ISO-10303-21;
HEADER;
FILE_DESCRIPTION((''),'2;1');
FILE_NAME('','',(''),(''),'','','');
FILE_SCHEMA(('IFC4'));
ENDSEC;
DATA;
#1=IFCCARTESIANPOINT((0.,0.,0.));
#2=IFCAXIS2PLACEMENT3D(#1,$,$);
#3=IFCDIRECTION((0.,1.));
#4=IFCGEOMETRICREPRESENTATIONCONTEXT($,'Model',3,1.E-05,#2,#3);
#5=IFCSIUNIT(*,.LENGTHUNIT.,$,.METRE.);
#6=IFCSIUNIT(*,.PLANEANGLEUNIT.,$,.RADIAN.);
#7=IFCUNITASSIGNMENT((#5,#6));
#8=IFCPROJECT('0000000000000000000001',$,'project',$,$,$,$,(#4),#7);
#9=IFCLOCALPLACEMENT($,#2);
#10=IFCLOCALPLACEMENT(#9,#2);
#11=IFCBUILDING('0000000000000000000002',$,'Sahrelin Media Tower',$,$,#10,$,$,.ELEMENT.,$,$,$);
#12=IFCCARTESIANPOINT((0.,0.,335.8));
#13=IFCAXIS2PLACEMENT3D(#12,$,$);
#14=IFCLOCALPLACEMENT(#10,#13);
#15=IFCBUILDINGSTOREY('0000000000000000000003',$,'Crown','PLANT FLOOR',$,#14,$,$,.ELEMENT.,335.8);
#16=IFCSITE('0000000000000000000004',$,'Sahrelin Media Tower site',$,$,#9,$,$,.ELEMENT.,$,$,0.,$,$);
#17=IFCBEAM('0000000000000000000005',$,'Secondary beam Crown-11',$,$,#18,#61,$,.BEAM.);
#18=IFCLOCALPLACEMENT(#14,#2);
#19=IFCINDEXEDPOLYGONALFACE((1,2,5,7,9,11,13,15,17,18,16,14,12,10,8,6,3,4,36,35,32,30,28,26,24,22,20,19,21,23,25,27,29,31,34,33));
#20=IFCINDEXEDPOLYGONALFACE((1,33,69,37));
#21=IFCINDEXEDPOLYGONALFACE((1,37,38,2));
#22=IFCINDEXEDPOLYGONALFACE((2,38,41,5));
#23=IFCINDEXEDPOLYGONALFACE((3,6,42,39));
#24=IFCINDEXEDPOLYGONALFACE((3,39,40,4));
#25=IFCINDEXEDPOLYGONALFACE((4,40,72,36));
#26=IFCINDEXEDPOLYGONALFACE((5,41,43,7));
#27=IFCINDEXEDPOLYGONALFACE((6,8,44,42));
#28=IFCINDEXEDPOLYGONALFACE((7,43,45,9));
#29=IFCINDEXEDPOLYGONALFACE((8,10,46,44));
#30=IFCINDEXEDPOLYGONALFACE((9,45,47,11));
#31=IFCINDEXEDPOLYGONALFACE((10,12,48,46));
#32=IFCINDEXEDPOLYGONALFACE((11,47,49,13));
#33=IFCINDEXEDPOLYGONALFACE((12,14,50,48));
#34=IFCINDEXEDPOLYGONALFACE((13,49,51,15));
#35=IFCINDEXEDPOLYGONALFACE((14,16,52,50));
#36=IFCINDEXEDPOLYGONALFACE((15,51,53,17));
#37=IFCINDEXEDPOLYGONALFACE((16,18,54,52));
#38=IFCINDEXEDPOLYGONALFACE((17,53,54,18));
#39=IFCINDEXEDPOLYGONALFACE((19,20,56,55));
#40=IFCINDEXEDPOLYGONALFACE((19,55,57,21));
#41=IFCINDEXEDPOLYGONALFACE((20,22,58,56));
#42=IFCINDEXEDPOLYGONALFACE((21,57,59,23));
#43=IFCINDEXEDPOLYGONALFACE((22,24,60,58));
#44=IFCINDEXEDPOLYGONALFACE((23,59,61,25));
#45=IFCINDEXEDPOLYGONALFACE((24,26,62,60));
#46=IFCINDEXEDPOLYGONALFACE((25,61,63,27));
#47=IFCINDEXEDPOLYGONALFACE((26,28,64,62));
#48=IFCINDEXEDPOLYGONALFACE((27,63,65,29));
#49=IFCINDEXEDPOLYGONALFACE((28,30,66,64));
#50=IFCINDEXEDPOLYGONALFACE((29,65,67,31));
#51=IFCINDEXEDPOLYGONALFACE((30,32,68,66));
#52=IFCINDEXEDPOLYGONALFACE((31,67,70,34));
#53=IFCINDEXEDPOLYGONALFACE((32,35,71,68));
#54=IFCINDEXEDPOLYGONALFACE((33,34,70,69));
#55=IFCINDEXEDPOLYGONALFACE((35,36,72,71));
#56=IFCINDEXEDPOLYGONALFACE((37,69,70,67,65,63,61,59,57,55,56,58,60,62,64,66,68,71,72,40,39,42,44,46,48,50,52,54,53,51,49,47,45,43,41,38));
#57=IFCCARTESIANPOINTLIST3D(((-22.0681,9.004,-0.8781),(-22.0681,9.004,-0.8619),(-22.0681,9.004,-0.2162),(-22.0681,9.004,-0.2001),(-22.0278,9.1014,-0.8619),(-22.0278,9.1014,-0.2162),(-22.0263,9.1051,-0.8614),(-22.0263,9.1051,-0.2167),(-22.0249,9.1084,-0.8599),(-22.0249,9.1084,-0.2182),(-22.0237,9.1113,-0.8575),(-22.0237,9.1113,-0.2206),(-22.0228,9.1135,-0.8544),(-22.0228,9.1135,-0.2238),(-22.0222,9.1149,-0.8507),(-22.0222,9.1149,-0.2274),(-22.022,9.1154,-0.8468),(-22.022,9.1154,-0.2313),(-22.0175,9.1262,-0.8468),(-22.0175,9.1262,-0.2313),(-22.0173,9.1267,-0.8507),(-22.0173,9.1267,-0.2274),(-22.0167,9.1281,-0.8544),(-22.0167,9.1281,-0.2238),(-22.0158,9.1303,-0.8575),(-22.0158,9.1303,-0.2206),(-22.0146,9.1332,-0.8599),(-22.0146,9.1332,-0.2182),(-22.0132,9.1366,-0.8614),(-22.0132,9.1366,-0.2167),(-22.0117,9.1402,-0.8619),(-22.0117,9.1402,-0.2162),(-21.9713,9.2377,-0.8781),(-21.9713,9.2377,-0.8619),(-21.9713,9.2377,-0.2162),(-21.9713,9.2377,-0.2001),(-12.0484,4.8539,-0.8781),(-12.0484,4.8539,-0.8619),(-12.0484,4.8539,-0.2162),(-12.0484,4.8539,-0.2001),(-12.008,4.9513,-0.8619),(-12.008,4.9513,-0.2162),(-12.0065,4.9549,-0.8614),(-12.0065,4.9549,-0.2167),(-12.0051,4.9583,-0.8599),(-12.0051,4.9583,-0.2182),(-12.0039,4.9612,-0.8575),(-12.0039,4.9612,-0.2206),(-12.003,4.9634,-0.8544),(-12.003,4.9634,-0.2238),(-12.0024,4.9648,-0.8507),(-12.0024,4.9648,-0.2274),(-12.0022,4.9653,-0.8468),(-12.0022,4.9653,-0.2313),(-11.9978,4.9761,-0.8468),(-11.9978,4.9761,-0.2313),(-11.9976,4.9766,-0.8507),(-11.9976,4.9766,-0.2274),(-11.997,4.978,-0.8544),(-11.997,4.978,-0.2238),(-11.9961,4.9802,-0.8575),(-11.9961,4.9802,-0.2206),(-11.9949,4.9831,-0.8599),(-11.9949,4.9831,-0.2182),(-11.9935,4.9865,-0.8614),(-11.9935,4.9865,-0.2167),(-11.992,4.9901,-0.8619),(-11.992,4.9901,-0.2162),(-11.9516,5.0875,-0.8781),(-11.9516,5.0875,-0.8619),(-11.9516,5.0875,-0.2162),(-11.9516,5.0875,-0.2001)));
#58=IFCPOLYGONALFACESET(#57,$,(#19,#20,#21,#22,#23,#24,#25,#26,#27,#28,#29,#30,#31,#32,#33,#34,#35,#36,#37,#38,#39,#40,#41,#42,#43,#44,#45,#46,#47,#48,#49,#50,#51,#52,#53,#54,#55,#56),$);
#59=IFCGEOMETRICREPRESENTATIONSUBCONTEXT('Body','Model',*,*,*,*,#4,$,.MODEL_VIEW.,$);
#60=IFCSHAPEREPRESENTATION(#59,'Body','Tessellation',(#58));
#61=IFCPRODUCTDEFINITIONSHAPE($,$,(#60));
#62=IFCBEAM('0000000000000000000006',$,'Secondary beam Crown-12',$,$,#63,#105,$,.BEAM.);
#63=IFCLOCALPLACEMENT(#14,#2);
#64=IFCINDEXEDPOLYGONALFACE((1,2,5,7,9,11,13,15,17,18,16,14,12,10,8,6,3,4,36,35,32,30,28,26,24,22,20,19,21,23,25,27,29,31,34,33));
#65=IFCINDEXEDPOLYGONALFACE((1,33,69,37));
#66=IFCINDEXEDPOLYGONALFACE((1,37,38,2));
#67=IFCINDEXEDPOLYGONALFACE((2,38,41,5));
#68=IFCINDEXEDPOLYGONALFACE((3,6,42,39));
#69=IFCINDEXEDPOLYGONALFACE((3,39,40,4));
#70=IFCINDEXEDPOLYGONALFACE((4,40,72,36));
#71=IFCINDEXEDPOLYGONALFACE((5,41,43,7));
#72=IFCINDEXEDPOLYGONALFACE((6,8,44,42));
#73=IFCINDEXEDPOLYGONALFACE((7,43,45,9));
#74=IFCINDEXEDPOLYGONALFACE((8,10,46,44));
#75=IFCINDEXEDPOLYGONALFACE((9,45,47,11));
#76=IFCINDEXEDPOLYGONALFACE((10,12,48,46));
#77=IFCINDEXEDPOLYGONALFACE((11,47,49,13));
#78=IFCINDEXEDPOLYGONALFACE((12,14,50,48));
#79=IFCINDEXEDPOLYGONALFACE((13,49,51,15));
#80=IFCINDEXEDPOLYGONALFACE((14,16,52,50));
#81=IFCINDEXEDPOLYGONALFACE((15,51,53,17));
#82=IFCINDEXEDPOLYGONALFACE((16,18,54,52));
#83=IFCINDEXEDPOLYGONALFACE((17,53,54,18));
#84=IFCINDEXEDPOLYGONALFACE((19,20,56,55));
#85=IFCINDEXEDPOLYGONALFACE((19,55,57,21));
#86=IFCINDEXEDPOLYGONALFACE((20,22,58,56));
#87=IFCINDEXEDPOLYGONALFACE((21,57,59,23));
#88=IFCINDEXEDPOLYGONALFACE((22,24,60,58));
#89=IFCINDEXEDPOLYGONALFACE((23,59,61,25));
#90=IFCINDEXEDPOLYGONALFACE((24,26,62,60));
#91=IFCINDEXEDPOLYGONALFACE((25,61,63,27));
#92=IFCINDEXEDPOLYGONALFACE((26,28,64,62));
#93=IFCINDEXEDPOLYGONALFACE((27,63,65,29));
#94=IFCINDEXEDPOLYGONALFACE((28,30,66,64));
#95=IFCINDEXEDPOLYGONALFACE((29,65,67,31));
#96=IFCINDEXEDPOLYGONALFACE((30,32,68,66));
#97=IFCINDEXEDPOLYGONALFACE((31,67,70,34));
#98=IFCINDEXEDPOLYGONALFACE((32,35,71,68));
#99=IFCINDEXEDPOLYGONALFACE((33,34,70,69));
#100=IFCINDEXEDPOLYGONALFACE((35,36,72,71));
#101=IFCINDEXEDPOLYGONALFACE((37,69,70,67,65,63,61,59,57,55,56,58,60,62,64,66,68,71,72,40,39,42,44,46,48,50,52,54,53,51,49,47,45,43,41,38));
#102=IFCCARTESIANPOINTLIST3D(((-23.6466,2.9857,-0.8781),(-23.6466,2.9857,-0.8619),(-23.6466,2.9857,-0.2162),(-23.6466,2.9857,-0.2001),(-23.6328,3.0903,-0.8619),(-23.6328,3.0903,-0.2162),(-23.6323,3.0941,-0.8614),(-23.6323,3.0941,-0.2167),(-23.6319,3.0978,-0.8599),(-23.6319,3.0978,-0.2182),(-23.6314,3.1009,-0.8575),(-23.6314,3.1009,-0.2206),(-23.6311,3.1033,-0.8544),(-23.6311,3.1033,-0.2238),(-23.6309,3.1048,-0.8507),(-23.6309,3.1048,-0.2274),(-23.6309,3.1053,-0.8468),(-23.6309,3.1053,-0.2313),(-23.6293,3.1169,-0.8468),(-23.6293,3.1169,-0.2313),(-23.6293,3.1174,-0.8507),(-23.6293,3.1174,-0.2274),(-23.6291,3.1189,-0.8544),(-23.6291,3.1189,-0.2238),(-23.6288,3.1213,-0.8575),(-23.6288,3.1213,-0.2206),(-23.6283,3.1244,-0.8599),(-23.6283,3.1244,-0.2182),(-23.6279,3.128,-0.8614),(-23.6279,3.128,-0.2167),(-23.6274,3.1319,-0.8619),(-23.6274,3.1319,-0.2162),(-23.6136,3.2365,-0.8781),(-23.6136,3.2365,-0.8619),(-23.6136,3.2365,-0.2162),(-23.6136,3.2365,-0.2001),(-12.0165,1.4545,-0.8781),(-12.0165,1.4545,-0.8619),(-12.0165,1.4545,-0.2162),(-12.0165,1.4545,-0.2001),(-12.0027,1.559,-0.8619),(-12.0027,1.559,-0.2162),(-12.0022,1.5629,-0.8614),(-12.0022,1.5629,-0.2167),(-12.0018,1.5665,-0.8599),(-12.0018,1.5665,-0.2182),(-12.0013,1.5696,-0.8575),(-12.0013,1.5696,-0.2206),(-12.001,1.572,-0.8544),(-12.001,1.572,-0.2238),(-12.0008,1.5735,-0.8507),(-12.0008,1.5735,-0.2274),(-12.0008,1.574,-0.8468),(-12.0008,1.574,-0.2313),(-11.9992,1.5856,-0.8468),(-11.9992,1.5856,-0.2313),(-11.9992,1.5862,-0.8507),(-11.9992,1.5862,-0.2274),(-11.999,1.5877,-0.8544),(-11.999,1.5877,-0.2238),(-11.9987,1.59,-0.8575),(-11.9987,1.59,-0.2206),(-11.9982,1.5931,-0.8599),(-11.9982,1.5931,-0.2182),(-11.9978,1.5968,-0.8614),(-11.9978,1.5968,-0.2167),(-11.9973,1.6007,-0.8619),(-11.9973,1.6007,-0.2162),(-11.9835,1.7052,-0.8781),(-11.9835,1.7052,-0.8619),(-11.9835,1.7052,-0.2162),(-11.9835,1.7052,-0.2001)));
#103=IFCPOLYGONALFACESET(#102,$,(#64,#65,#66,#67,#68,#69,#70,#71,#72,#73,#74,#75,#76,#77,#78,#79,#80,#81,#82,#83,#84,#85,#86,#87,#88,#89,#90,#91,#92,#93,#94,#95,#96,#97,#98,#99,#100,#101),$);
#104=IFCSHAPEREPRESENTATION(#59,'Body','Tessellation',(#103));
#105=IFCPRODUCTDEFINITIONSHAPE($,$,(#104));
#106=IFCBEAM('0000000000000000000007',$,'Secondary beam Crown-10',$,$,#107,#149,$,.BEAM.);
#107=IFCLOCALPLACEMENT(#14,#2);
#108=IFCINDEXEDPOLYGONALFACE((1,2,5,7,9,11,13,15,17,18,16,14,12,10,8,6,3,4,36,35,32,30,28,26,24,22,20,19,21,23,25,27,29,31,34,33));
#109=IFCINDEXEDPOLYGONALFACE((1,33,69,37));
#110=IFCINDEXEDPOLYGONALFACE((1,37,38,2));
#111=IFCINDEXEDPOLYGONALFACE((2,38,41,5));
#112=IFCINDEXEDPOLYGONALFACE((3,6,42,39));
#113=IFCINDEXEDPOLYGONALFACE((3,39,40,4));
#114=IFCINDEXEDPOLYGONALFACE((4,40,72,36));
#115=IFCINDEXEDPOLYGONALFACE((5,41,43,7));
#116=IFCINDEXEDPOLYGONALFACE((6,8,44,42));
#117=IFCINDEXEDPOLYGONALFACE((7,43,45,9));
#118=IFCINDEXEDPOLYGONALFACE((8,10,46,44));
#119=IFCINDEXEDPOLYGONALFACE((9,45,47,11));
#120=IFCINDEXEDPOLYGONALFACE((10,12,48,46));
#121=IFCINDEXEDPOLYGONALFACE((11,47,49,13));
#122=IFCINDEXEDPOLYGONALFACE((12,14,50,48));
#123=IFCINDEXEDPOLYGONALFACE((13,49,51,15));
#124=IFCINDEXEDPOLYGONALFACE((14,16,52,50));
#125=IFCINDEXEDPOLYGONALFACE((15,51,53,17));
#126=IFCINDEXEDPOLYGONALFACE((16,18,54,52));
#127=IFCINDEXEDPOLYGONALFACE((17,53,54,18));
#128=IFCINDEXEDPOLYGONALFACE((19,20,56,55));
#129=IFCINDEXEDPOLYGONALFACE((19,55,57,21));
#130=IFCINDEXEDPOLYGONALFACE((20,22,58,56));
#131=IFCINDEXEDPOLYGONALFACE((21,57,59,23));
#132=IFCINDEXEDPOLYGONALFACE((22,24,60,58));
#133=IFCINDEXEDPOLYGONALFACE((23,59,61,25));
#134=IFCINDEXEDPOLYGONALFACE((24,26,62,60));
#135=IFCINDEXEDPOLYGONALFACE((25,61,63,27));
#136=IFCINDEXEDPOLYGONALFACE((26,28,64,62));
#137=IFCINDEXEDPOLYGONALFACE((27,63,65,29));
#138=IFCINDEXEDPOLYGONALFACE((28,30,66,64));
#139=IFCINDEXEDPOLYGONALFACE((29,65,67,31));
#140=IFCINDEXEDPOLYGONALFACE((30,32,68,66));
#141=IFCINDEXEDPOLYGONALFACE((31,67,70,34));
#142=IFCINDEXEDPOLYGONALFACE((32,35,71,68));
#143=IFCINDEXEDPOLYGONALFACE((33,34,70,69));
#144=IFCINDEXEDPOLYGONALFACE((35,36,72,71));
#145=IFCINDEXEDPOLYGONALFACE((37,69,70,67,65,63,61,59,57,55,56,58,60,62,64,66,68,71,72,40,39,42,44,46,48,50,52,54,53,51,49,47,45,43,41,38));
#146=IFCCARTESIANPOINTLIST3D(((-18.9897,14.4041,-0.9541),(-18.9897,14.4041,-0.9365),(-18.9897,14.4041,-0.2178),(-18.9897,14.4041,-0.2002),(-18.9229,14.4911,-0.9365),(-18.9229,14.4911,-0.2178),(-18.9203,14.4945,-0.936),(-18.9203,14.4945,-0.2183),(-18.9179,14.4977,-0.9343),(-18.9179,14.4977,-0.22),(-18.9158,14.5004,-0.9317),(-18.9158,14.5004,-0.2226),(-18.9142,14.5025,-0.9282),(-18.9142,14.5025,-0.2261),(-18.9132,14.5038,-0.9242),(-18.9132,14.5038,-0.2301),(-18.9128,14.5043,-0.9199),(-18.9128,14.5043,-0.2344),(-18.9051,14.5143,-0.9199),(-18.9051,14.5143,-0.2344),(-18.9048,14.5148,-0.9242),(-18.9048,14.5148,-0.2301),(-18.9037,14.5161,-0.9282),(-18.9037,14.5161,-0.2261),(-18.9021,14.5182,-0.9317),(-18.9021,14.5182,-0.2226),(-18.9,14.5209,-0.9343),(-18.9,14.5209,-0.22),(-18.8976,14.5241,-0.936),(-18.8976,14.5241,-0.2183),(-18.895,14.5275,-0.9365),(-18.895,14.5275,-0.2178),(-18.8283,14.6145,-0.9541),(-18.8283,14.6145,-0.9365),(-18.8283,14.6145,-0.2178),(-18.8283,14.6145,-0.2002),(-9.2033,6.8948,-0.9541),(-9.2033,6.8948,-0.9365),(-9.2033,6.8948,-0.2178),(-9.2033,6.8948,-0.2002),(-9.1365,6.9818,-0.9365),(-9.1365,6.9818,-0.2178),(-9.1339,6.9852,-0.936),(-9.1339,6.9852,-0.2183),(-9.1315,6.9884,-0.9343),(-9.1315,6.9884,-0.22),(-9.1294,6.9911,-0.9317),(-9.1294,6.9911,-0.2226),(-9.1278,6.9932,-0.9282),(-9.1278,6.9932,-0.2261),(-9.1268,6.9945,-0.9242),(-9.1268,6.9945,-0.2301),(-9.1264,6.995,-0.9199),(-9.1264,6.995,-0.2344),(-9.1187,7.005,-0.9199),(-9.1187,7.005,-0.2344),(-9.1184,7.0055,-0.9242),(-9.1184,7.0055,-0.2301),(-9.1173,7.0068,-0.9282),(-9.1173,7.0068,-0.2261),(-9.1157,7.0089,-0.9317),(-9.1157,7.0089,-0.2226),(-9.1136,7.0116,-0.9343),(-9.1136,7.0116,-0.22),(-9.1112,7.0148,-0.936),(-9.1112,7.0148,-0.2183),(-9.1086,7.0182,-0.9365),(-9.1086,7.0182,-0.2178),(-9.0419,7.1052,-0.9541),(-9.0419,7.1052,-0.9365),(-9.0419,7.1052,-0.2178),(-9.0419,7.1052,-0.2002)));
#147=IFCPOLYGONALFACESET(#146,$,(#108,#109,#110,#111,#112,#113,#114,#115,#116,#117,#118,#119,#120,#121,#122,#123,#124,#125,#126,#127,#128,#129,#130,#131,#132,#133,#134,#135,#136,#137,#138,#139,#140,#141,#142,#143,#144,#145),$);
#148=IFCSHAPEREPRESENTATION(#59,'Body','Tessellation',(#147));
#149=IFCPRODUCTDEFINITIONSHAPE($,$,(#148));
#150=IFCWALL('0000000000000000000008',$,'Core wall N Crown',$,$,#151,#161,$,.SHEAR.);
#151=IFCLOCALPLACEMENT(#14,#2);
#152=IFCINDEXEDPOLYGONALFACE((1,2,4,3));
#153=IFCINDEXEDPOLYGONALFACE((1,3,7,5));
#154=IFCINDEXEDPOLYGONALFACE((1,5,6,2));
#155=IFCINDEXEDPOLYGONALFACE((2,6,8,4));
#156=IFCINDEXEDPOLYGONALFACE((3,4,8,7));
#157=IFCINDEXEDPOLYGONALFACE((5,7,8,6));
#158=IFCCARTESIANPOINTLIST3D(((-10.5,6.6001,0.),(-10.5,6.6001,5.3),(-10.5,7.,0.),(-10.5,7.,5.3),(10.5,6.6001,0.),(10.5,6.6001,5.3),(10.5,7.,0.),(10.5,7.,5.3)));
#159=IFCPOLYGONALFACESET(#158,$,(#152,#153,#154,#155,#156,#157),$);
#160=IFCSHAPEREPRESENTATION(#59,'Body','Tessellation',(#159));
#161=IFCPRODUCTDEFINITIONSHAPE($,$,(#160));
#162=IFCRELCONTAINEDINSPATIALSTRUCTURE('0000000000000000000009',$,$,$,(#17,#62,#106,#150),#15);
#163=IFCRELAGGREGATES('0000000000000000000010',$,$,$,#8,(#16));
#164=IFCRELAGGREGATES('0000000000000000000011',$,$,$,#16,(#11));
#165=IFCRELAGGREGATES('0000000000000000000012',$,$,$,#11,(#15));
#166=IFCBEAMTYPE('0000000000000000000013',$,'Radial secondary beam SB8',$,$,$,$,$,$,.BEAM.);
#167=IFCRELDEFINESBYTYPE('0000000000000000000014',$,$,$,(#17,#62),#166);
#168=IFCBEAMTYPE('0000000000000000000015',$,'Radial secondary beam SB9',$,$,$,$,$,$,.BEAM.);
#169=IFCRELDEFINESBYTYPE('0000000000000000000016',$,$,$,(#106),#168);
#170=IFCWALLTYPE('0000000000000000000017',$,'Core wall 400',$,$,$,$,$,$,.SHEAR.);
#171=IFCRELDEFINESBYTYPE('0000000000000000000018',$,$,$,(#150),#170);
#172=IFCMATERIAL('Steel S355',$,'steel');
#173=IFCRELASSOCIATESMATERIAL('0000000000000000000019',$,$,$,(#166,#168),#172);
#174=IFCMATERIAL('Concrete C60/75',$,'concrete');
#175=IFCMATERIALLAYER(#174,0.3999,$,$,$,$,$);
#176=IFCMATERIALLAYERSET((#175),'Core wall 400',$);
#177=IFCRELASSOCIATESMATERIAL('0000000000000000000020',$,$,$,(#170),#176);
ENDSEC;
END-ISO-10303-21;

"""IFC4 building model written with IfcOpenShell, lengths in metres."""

from ifc_helpers import new_model, si_unit, direction, frame, frame_2d, origin, origin_2d, place, context, subcontext, project, spatial, rectangle, i_section, extrude, material, layer, layer_set, material_profile, profile_set, type_object, element, save


model = new_model("IFC4")

# Units and contexts
model_context = context("Model", 3, precision=1e-05, world=origin(), true_north=direction((0.0, 1.0)))
body_context = subcontext(model_context, "Body", "Model", "MODEL_VIEW")
ifc_project = project(units=[si_unit("LENGTHUNIT", "METRE"), si_unit("PLANEANGLEUNIT", "RADIAN")], contexts=[model_context])

# Site, building, storey
site_placement = place(None, origin())
site = spatial("IfcSite", under=ifc_project, at=site_placement, Name="Sahrelin Media Tower site", CompositionType="ELEMENT", RefElevation=0.0)
building_placement = place(site_placement, origin())
building = spatial("IfcBuilding", under=site, at=building_placement, Name="Sahrelin Media Tower", CompositionType="ELEMENT")
storey_placement = place(building_placement, frame((0.0, 0.0, 335.8)))
storey = spatial("IfcBuildingStorey", under=building, at=storey_placement, Name="Crown", Description="PLANT FLOOR", CompositionType="ELEMENT", Elevation=335.8)

# Beams
ifc_material_1 = material(Name="Steel S355", Category="steel")
ifc_material_profile_1 = material_profile(ifc_material_1, i_section(OverallWidth=0.2529, OverallDepth=0.678, WebThickness=0.0117, FlangeThickness=0.0161, FilletRadius=0.0151, at=origin_2d()), Name="UB 686x254x125")
ifc_profile_set_1 = profile_set([ifc_material_profile_1], Name="Steel S355")
beam_type_1 = type_object("IfcBeamType", Name="Radial secondary beam SB8", PredefinedType="BEAM", material=ifc_profile_set_1)
beam_1_placement = place(storey_placement, frame((-12.0, 4.9707, -0.5391), z_axis=(-0.923885, 0.382669, 0.0), x_axis=(-0.382669, -0.923885, 0.0)))
element("IfcBeam", 1, at=beam_1_placement, inside=storey, type_object=beam_type_1, Name="Secondary beam Crown-11", PredefinedType="BEAM", context=body_context, shape_type="SweptSolid", body=[
    extrude(i_section(OverallWidth=0.2529, OverallDepth=0.678, WebThickness=0.0117, FlangeThickness=0.0161, FilletRadius=0.0151, at=origin_2d()), origin(), (0.0, 0.0, 1.0), 10.8452),
])
beam_2_placement = place(storey_placement, frame((-12.0, 1.5798, -0.5391), z_axis=(-0.991444, 0.130536, 0.0), x_axis=(-0.130536, -0.991444, 0.0)))
element("IfcBeam", 2, at=beam_2_placement, inside=storey, type_object=beam_type_1, Name="Secondary beam Crown-12", PredefinedType="BEAM", context=body_context, shape_type="SweptSolid", body=[
    extrude(i_section(OverallWidth=0.2529, OverallDepth=0.678, WebThickness=0.0117, FlangeThickness=0.0161, FilletRadius=0.0151, at=origin_2d()), origin(), (0.0, 0.0, 1.0), 11.7305),
])
ifc_material_profile_2 = material_profile(ifc_material_1, i_section(OverallWidth=0.2651, OverallDepth=0.7539, WebThickness=0.0127, FlangeThickness=0.0176, FilletRadius=0.0166, at=origin_2d()), Name="UB 762x267x147")
ifc_profile_set_2 = profile_set([ifc_material_profile_2], Name="Steel S355")
beam_type_2 = type_object("IfcBeamType", Name="Radial secondary beam SB9", PredefinedType="BEAM", material=ifc_profile_set_2)
beam_3_placement = place(storey_placement, frame((-9.1226, 7.0, -0.5771), z_axis=(-0.793356, 0.608758, 0.0), x_axis=(-0.608758, -0.793356, 0.0)))
element("IfcBeam", 3, at=beam_3_placement, inside=storey, type_object=beam_type_2, Name="Secondary beam Crown-10", PredefinedType="BEAM", context=body_context, shape_type="SweptSolid", body=[
    extrude(i_section(OverallWidth=0.2651, OverallDepth=0.7539, WebThickness=0.0127, FlangeThickness=0.0176, FilletRadius=0.0166, at=origin_2d()), origin(), (0.0, 0.0, 1.0), 12.3354),
])

# Wall
ifc_material_2 = material(Name="Concrete C60/75", Category="concrete")
ifc_layer_1 = layer(ifc_material_2, 0.3999)
ifc_layer_set_1 = layer_set([ifc_layer_1], Name="Core wall 400")
wall_type_1 = type_object("IfcWallType", Name="Core wall 400", PredefinedType="SHEAR", material=ifc_layer_set_1)
wall_1_placement = place(storey_placement, frame((-10.5, 6.8, 0.0), z_axis=(0.0, 0.0, 1.0), x_axis=(1.0, 0.0, 0.0)))
element("IfcWall", 4, at=wall_1_placement, inside=storey, type_object=wall_type_1, Name="Core wall N Crown", PredefinedType="SHEAR", context=body_context, shape_type="SweptSolid", body=[
    extrude(rectangle(XDim=21.0, YDim=0.3999, at=frame_2d((10.5, 0.0))), origin(), (0.0, 0.0, 1.0), 5.3),
])

save(model, "model.ifc")
